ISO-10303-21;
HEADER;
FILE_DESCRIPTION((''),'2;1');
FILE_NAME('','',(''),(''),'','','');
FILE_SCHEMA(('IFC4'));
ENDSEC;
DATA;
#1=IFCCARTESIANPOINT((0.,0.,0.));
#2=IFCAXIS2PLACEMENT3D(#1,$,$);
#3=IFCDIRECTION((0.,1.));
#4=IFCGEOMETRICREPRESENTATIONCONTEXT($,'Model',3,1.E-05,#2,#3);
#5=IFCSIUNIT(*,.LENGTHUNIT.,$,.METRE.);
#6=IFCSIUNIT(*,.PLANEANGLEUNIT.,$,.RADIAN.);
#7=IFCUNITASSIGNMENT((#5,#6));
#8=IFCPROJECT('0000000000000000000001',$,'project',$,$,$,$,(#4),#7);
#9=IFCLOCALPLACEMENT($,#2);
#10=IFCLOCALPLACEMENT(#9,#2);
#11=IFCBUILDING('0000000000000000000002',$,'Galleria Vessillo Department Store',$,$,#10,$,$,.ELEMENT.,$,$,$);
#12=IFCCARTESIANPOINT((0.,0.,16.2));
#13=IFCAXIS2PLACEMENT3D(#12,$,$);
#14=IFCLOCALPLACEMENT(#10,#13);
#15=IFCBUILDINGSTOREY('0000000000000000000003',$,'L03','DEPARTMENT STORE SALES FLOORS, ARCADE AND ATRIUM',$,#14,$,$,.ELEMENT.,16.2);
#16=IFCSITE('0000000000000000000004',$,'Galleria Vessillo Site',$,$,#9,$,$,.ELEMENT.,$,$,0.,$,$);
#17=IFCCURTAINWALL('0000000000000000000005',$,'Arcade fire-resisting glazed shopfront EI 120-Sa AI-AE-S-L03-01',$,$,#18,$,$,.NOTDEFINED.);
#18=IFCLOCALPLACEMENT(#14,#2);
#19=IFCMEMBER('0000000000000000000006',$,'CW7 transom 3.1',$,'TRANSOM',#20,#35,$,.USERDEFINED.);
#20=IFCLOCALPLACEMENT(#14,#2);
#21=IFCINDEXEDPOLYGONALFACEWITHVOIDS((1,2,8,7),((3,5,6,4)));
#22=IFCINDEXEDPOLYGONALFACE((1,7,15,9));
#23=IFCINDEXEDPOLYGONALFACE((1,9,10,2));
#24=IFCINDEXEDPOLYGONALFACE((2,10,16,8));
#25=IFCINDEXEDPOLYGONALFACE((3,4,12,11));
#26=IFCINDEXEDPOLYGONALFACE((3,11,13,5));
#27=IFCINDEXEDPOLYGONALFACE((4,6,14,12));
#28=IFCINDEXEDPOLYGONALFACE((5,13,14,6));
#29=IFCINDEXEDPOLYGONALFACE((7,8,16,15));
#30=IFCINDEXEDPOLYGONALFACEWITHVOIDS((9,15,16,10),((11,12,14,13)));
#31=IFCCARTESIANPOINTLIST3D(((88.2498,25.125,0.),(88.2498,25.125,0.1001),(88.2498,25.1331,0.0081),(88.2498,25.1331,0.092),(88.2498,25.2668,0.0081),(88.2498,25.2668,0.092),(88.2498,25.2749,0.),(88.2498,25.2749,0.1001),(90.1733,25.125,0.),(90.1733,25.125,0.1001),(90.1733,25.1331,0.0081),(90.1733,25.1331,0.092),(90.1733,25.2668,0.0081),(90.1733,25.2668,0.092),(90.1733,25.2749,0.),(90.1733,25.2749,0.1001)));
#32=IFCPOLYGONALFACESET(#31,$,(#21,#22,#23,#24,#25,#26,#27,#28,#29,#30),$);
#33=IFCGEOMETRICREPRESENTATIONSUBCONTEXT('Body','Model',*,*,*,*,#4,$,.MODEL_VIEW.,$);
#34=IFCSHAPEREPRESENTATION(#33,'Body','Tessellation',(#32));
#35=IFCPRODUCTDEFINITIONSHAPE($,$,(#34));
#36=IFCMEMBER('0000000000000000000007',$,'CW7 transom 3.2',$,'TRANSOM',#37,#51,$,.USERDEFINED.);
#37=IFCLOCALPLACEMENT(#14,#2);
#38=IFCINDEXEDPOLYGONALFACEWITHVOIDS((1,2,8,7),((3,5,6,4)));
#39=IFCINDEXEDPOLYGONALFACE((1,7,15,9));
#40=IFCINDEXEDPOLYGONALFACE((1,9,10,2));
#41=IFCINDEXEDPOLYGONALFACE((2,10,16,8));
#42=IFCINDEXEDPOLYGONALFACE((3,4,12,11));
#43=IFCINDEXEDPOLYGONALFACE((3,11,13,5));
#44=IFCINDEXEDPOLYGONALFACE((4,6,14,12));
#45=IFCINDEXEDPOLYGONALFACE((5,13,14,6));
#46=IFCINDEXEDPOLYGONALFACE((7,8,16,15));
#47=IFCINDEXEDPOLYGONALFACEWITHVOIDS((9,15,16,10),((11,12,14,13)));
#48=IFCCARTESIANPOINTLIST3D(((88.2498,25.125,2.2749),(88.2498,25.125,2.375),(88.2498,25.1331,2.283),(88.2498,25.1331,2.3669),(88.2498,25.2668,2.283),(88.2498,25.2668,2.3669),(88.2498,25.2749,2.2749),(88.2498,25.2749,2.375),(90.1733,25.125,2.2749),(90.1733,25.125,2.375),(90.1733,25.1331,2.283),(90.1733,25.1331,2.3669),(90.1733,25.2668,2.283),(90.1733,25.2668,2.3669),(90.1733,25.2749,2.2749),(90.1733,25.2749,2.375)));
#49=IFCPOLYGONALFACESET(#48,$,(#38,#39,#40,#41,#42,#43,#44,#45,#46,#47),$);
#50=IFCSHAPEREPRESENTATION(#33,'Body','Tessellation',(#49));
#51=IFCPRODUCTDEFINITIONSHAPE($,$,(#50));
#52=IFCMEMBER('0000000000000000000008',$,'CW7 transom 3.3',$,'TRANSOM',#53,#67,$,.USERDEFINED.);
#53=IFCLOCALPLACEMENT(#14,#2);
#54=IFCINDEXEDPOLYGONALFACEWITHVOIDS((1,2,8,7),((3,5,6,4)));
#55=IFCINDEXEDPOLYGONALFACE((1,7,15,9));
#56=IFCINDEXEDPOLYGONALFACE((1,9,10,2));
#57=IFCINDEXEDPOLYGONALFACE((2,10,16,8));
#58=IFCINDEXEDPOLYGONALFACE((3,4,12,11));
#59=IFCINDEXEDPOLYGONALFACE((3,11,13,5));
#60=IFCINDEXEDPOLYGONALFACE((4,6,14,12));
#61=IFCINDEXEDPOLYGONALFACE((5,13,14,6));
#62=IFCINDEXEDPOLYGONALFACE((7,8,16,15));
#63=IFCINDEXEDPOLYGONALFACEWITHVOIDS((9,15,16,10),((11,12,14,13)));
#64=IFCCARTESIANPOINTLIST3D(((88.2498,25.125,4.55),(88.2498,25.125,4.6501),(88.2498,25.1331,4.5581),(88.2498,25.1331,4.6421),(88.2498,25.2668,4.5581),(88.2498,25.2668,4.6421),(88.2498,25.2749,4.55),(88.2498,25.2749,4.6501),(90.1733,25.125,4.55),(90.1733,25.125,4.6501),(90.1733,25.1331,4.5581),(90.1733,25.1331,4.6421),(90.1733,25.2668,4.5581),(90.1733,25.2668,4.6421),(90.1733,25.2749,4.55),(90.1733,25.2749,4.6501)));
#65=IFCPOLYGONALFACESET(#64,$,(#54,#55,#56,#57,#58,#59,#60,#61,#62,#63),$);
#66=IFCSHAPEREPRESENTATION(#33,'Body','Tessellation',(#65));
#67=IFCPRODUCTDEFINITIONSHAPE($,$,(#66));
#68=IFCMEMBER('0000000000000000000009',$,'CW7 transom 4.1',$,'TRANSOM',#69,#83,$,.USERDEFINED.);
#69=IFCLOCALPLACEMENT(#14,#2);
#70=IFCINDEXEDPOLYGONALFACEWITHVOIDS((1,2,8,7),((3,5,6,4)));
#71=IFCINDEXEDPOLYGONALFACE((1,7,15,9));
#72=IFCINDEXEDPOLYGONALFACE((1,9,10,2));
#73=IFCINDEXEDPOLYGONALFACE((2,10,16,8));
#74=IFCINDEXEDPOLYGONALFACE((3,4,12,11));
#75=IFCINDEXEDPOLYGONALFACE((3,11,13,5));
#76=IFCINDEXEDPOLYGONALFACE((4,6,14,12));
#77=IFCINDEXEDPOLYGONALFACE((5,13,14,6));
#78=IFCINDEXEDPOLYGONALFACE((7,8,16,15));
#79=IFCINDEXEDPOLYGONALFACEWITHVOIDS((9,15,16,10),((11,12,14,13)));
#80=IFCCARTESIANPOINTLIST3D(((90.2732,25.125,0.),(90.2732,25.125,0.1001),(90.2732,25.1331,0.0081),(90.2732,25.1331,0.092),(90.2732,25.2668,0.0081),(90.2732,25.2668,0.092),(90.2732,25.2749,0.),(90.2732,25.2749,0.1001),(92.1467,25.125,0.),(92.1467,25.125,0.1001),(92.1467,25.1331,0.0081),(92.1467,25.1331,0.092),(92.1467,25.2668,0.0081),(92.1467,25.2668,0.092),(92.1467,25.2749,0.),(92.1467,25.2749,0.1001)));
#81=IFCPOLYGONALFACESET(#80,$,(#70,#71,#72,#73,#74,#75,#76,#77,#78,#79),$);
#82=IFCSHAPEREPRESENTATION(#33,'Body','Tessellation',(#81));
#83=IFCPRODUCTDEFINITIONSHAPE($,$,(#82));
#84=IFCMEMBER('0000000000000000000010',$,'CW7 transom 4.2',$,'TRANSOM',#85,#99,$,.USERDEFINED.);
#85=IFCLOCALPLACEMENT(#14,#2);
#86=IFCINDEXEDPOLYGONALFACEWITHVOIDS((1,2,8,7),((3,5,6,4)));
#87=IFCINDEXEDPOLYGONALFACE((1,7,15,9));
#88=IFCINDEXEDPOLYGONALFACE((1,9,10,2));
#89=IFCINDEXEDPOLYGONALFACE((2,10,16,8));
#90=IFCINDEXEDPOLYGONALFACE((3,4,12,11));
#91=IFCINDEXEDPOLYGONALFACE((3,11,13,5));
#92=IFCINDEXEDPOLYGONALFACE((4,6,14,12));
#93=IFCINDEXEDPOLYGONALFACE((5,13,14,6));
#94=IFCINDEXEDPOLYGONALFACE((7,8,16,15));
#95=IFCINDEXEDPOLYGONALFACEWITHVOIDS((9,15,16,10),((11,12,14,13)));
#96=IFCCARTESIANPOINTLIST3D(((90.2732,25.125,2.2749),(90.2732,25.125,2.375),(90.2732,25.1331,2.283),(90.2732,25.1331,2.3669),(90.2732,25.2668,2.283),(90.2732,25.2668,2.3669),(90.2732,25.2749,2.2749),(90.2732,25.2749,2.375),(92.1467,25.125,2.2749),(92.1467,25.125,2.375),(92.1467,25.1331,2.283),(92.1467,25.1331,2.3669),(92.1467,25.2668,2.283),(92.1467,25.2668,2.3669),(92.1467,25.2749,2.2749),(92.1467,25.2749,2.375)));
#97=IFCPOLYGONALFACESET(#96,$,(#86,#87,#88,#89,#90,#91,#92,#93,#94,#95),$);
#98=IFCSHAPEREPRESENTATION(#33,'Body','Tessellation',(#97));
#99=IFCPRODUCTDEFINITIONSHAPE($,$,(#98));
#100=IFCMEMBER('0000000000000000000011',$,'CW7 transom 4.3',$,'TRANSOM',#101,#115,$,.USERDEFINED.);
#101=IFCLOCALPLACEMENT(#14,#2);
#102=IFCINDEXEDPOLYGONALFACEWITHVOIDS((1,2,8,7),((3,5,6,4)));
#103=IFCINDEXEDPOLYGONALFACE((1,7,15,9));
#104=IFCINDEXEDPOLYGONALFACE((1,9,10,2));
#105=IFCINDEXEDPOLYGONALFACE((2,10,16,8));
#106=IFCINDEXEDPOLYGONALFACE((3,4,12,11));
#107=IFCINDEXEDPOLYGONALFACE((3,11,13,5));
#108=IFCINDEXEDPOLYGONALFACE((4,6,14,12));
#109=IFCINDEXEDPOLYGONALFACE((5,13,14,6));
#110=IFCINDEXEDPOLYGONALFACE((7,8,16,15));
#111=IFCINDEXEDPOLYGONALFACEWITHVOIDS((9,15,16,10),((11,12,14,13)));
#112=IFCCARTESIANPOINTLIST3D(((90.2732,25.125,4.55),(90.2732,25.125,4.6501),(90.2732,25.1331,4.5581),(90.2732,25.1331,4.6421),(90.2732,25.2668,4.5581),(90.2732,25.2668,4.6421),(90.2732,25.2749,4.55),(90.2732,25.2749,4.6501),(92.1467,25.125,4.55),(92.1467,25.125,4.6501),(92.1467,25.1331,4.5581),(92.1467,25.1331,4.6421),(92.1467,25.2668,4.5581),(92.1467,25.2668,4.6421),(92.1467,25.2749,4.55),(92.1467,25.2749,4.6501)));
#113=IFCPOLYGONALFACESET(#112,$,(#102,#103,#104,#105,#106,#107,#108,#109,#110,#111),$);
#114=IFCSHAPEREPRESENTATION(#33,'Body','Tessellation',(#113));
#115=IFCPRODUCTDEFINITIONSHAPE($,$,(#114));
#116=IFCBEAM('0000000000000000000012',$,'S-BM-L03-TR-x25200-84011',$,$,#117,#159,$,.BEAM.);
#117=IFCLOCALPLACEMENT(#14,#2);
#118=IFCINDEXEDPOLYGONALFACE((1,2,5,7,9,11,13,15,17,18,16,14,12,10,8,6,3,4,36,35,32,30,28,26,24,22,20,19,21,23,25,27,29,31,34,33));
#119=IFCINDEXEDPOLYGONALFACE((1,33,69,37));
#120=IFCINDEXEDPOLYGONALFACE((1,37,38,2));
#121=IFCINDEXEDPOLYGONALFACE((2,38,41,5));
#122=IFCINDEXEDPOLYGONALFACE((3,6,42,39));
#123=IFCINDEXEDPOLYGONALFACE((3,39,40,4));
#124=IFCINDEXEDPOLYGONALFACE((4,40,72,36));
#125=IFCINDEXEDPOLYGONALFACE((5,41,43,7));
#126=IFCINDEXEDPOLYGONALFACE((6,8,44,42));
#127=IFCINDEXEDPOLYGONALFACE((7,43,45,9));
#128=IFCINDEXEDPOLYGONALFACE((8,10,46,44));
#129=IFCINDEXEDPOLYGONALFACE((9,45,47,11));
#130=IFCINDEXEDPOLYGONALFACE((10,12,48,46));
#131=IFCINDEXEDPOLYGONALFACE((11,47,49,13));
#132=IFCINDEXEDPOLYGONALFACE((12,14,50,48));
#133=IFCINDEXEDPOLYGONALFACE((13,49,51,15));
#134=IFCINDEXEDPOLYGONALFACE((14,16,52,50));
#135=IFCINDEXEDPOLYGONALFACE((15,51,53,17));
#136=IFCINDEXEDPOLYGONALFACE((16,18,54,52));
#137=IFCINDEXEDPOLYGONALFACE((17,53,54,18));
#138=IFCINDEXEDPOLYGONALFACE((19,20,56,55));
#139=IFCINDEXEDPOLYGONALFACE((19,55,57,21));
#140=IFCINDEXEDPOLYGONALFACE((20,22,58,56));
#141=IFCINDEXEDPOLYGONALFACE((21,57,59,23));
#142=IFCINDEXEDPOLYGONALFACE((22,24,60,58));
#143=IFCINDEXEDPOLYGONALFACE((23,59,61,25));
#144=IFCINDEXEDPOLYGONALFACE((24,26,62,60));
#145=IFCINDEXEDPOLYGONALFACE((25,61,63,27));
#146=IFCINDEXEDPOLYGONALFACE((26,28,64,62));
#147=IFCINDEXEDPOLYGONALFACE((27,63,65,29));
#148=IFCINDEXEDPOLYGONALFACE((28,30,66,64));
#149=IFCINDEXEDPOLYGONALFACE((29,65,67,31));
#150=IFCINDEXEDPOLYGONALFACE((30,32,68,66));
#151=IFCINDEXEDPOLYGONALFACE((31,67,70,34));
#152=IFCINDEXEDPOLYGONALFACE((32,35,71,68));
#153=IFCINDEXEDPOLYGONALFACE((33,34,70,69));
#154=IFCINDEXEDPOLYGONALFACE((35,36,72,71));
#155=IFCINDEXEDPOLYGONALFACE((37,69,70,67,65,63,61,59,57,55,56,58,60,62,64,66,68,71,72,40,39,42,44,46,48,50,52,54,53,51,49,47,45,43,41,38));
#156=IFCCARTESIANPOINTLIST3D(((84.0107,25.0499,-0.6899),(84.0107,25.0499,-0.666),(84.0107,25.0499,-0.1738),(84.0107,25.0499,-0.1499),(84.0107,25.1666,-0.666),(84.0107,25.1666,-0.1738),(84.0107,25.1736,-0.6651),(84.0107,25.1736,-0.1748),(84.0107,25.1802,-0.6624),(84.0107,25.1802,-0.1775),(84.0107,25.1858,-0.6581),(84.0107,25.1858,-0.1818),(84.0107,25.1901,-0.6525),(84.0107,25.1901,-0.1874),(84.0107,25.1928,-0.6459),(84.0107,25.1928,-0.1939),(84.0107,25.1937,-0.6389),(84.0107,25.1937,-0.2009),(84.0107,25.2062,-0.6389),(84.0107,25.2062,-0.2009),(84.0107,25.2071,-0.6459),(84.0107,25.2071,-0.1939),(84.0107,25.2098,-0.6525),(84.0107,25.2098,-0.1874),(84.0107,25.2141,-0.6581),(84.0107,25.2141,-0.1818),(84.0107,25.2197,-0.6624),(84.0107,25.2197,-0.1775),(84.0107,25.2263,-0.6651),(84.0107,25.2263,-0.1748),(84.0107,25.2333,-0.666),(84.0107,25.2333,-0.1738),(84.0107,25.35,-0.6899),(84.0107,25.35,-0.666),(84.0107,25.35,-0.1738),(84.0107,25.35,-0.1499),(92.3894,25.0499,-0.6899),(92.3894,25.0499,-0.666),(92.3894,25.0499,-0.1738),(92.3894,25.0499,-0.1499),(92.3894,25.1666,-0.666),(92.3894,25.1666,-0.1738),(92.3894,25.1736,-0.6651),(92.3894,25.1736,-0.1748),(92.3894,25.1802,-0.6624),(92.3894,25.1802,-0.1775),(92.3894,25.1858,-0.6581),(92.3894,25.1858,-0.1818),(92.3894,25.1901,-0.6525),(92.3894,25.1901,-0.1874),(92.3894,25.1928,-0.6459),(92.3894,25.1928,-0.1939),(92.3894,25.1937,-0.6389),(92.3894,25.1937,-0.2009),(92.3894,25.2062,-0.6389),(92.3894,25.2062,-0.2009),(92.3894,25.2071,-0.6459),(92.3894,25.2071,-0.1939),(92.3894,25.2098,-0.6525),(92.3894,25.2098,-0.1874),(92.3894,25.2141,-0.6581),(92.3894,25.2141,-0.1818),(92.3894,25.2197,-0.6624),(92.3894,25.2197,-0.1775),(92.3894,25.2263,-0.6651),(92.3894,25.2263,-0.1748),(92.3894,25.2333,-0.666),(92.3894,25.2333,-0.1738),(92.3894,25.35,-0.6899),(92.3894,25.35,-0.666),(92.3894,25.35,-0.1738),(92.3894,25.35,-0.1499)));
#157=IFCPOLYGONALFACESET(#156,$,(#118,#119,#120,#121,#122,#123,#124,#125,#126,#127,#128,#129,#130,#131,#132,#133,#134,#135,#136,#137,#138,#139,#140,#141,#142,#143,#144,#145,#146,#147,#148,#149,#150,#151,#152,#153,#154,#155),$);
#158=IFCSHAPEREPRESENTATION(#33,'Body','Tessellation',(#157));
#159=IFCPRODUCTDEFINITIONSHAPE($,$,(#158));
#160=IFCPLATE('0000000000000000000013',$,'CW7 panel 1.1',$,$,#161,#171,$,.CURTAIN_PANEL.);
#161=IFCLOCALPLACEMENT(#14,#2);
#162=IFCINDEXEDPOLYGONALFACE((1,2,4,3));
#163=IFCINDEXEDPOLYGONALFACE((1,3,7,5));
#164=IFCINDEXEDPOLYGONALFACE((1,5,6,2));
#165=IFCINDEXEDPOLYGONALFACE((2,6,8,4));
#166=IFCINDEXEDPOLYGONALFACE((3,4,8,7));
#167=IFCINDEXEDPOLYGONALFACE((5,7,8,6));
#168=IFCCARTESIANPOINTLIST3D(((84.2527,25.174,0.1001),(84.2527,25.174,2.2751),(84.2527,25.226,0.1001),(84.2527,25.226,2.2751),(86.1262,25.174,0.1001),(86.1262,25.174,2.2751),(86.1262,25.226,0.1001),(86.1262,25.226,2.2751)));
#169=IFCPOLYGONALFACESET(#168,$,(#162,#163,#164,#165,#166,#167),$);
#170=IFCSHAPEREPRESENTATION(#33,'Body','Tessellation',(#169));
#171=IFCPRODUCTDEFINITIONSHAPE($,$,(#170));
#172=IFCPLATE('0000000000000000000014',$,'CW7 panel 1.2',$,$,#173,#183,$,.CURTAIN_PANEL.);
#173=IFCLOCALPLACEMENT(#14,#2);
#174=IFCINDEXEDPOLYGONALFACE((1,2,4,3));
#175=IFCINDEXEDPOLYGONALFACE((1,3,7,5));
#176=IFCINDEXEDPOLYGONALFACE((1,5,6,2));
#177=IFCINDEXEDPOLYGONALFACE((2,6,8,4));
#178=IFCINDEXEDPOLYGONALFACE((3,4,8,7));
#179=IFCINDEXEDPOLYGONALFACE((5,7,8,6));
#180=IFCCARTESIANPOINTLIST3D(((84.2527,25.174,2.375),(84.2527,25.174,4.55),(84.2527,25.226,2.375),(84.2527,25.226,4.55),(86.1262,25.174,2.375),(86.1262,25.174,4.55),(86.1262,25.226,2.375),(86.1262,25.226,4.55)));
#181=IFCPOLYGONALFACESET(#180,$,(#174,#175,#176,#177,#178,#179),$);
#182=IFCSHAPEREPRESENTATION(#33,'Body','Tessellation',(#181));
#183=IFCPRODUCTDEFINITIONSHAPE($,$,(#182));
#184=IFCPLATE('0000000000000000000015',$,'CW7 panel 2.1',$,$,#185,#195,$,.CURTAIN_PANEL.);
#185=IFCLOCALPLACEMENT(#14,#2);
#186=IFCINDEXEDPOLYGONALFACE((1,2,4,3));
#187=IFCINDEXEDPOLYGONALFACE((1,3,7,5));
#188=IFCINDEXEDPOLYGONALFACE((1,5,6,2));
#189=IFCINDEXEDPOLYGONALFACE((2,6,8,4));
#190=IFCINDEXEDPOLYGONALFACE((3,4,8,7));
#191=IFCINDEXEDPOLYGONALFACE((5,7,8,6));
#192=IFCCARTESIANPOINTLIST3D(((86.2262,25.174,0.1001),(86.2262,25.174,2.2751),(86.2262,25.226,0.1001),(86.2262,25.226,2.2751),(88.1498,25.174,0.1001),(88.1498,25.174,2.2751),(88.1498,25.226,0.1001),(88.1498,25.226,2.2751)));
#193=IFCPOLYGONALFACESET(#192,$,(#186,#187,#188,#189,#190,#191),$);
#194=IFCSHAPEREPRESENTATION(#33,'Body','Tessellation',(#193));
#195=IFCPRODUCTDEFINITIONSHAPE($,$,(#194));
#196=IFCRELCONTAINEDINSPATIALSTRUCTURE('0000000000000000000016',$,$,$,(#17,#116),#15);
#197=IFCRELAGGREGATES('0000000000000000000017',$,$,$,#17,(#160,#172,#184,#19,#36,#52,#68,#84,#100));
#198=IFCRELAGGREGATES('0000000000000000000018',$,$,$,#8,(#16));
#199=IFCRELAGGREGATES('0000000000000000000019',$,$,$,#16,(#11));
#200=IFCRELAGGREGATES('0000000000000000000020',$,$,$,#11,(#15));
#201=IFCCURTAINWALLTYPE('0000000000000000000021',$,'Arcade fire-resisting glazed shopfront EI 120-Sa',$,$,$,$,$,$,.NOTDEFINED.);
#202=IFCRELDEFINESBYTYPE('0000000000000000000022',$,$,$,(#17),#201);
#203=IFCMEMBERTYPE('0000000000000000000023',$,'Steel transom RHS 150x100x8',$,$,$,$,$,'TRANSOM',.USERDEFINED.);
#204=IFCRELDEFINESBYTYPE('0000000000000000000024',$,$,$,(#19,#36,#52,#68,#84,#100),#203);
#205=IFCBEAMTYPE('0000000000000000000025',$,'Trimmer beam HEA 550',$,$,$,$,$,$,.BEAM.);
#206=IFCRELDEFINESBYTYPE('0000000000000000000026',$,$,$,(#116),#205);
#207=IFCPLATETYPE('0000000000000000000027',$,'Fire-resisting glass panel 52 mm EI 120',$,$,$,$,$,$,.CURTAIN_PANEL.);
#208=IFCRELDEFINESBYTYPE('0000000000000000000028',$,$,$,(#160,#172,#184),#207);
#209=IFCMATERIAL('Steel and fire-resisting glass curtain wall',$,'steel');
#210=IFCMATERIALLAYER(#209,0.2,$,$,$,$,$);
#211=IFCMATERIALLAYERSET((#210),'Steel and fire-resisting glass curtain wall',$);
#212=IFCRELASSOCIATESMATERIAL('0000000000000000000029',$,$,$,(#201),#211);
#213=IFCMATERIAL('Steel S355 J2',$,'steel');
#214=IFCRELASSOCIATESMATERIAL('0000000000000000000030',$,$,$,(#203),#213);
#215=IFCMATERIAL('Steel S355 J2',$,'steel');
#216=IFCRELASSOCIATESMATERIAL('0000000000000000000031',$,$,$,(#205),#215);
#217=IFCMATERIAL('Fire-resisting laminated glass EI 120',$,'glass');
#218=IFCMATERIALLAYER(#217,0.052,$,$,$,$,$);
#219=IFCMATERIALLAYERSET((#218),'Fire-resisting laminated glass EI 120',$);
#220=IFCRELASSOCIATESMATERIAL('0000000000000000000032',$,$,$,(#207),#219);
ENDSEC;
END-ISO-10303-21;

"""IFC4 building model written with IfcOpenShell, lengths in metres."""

from ifc_helpers import new_model, si_unit, direction, frame, origin, origin_2d, place, context, subcontext, project, spatial, rectangle, hollow_rectangle, i_section, extrude, material, layer, layer_set, material_profile, profile_set, type_object, element, aggregate, save


model = new_model("IFC4")

# Units and contexts
model_context = context("Model", 3, precision=1e-05, world=origin(), true_north=direction((0.0, 1.0)))
body_context = subcontext(model_context, "Body", "Model", "MODEL_VIEW")
ifc_project = project(units=[si_unit("LENGTHUNIT", "METRE"), si_unit("PLANEANGLEUNIT", "RADIAN")], contexts=[model_context])

# Site, building, storey
site_placement = place(None, origin())
site = spatial("IfcSite", under=ifc_project, at=site_placement, Name="Galleria Vessillo Site", CompositionType="ELEMENT", RefElevation=0.0)
building_placement = place(site_placement, origin())
building = spatial("IfcBuilding", under=site, at=building_placement, Name="Galleria Vessillo Department Store", CompositionType="ELEMENT")
storey_placement = place(building_placement, frame((0.0, 0.0, 16.2)))
storey = spatial("IfcBuildingStorey", under=building, at=storey_placement, Name="L03", Description="DEPARTMENT STORE SALES FLOORS, ARCADE AND ATRIUM", CompositionType="ELEMENT", Elevation=16.2)

# Curtain wall, members
ifc_material_1 = material(Name="Steel and fire-resisting glass curtain wall", Category="steel")
ifc_layer_1 = layer(ifc_material_1, 0.2)
ifc_layer_set_1 = layer_set([ifc_layer_1], Name="Steel and fire-resisting glass curtain wall")
curtain_wall_type = type_object("IfcCurtainWallType", Name="Arcade fire-resisting glazed shopfront EI 120-Sa", PredefinedType="NOTDEFINED", material=ifc_layer_set_1)
curtain_wall_placement = place(storey_placement, origin())
curtain_wall = element("IfcCurtainWall", 1, at=curtain_wall_placement, inside=storey, type_object=curtain_wall_type, Name="Arcade fire-resisting glazed shopfront EI 120-Sa AI-AE-S-L03-01", PredefinedType="NOTDEFINED")
ifc_material_2 = material(Name="Steel S355 J2", Category="steel")
ifc_material_profile_1 = material_profile(ifc_material_2, hollow_rectangle(XDim=0.1499, YDim=0.1001, WallThickness=0.0081, at=origin_2d()), Name="RHS 150x100x8")
ifc_profile_set_1 = profile_set([ifc_material_profile_1], Name="Steel S355 J2")
member_type_1 = type_object("IfcMemberType", Name="Steel transom RHS 150x100x8", ElementType="TRANSOM", PredefinedType="USERDEFINED", material=ifc_profile_set_1)
member_1_placement = place(storey_placement, frame((88.2498, 25.2, 0.05), z_axis=(1.0, 0.0, 0.0), x_axis=(0.0, 1.0, 0.0)))
member_1 = element("IfcMember", 2, at=member_1_placement, type_object=member_type_1, Name="CW7 transom 3.1", ObjectType="TRANSOM", PredefinedType="USERDEFINED", context=body_context, shape_type="SweptSolid", body=[
    extrude(hollow_rectangle(XDim=0.1499, YDim=0.1001, WallThickness=0.0081, at=origin_2d()), origin(), (0.0, 0.0, 1.0), 1.9236),
])
member_2_placement = place(storey_placement, frame((88.2498, 25.2, 2.325), z_axis=(1.0, 0.0, 0.0), x_axis=(0.0, 1.0, 0.0)))
member_2 = element("IfcMember", 3, at=member_2_placement, type_object=member_type_1, Name="CW7 transom 3.2", ObjectType="TRANSOM", PredefinedType="USERDEFINED", context=body_context, shape_type="SweptSolid", body=[
    extrude(hollow_rectangle(XDim=0.1499, YDim=0.1001, WallThickness=0.0081, at=origin_2d()), origin(), (0.0, 0.0, 1.0), 1.9236),
])
member_3_placement = place(storey_placement, frame((88.2498, 25.2, 4.6001), z_axis=(1.0, 0.0, 0.0), x_axis=(0.0, 1.0, 0.0)))
member_3 = element("IfcMember", 4, at=member_3_placement, type_object=member_type_1, Name="CW7 transom 3.3", ObjectType="TRANSOM", PredefinedType="USERDEFINED", context=body_context, shape_type="SweptSolid", body=[
    extrude(hollow_rectangle(XDim=0.1499, YDim=0.1001, WallThickness=0.0081, at=origin_2d()), origin(), (0.0, 0.0, 1.0), 1.9236),
])
member_4_placement = place(storey_placement, frame((90.2732, 25.2, 0.05), z_axis=(1.0, 0.0, 0.0), x_axis=(0.0, 1.0, 0.0)))
member_4 = element("IfcMember", 5, at=member_4_placement, type_object=member_type_1, Name="CW7 transom 4.1", ObjectType="TRANSOM", PredefinedType="USERDEFINED", context=body_context, shape_type="SweptSolid", body=[
    extrude(hollow_rectangle(XDim=0.1499, YDim=0.1001, WallThickness=0.0081, at=origin_2d()), origin(), (0.0, 0.0, 1.0), 1.8735),
])
member_5_placement = place(storey_placement, frame((90.2732, 25.2, 2.325), z_axis=(1.0, 0.0, 0.0), x_axis=(0.0, 1.0, 0.0)))
member_5 = element("IfcMember", 6, at=member_5_placement, type_object=member_type_1, Name="CW7 transom 4.2", ObjectType="TRANSOM", PredefinedType="USERDEFINED", context=body_context, shape_type="SweptSolid", body=[
    extrude(hollow_rectangle(XDim=0.1499, YDim=0.1001, WallThickness=0.0081, at=origin_2d()), origin(), (0.0, 0.0, 1.0), 1.8735),
])
member_6_placement = place(storey_placement, frame((90.2732, 25.2, 4.6001), z_axis=(1.0, 0.0, 0.0), x_axis=(0.0, 1.0, 0.0)))
member_6 = element("IfcMember", 7, at=member_6_placement, type_object=member_type_1, Name="CW7 transom 4.3", ObjectType="TRANSOM", PredefinedType="USERDEFINED", context=body_context, shape_type="SweptSolid", body=[
    extrude(hollow_rectangle(XDim=0.1499, YDim=0.1001, WallThickness=0.0081, at=origin_2d()), origin(), (0.0, 0.0, 1.0), 1.8735),
])

# Beam
ifc_material_3 = material(Name="Steel S355 J2", Category="steel")
ifc_material_profile_2 = material_profile(ifc_material_3, i_section(OverallWidth=0.3, OverallDepth=0.54, WebThickness=0.0125, FlangeThickness=0.0239, FilletRadius=0.0271, at=origin_2d()), Name="HEA 550")
ifc_profile_set_2 = profile_set([ifc_material_profile_2], Name="Steel S355 J2")
beam_type_1 = type_object("IfcBeamType", Name="Trimmer beam HEA 550", PredefinedType="BEAM", material=ifc_profile_set_2)
beam_1_placement = place(storey_placement, frame((84.0107, 25.2, -0.4199), z_axis=(1.0, 0.0, 0.0), x_axis=(0.0, 1.0, 0.0)))
element("IfcBeam", 8, at=beam_1_placement, inside=storey, type_object=beam_type_1, Name="S-BM-L03-TR-x25200-84011", PredefinedType="BEAM", context=body_context, shape_type="SweptSolid", body=[
    extrude(i_section(OverallWidth=0.3, OverallDepth=0.54, WebThickness=0.0125, FlangeThickness=0.0239, FilletRadius=0.0271, at=origin_2d()), origin(), (0.0, 0.0, 1.0), 8.3787),
])

# Plates
ifc_material_4 = material(Name="Fire-resisting laminated glass EI 120", Category="glass")
ifc_layer_2 = layer(ifc_material_4, 0.052)
ifc_layer_set_2 = layer_set([ifc_layer_2], Name="Fire-resisting laminated glass EI 120")
plate_type = type_object("IfcPlateType", Name="Fire-resisting glass panel 52 mm EI 120", PredefinedType="CURTAIN_PANEL", material=ifc_layer_set_2)
plate_1_placement = place(storey_placement, frame((85.1895, 25.2, 0.1001), z_axis=(0.0, 0.0, 1.0), x_axis=(1.0, 0.0, 0.0)))
plate_1 = element("IfcPlate", 9, at=plate_1_placement, type_object=plate_type, Name="CW7 panel 1.1", PredefinedType="CURTAIN_PANEL", context=body_context, shape_type="SweptSolid", body=[
    extrude(rectangle(XDim=1.8735, YDim=0.052, at=origin_2d()), origin(), (0.0, 0.0, 1.0), 2.175),
])
plate_2_placement = place(storey_placement, frame((85.1895, 25.2, 2.375), z_axis=(0.0, 0.0, 1.0), x_axis=(1.0, 0.0, 0.0)))
plate_2 = element("IfcPlate", 10, at=plate_2_placement, type_object=plate_type, Name="CW7 panel 1.2", PredefinedType="CURTAIN_PANEL", context=body_context, shape_type="SweptSolid", body=[
    extrude(rectangle(XDim=1.8735, YDim=0.052, at=origin_2d()), origin(), (0.0, 0.0, 1.0), 2.175),
])
plate_3_placement = place(storey_placement, frame((87.188, 25.2, 0.1001), z_axis=(0.0, 0.0, 1.0), x_axis=(1.0, 0.0, 0.0)))
plate_3 = element("IfcPlate", 11, at=plate_3_placement, type_object=plate_type, Name="CW7 panel 2.1", PredefinedType="CURTAIN_PANEL", context=body_context, shape_type="SweptSolid", body=[
    extrude(rectangle(XDim=1.9236, YDim=0.052, at=origin_2d()), origin(), (0.0, 0.0, 1.0), 2.175),
])
aggregate(curtain_wall, [plate_1, plate_2, plate_3, member_1, member_2, member_3, member_4, member_5, member_6])

save(model, "model.ifc")
